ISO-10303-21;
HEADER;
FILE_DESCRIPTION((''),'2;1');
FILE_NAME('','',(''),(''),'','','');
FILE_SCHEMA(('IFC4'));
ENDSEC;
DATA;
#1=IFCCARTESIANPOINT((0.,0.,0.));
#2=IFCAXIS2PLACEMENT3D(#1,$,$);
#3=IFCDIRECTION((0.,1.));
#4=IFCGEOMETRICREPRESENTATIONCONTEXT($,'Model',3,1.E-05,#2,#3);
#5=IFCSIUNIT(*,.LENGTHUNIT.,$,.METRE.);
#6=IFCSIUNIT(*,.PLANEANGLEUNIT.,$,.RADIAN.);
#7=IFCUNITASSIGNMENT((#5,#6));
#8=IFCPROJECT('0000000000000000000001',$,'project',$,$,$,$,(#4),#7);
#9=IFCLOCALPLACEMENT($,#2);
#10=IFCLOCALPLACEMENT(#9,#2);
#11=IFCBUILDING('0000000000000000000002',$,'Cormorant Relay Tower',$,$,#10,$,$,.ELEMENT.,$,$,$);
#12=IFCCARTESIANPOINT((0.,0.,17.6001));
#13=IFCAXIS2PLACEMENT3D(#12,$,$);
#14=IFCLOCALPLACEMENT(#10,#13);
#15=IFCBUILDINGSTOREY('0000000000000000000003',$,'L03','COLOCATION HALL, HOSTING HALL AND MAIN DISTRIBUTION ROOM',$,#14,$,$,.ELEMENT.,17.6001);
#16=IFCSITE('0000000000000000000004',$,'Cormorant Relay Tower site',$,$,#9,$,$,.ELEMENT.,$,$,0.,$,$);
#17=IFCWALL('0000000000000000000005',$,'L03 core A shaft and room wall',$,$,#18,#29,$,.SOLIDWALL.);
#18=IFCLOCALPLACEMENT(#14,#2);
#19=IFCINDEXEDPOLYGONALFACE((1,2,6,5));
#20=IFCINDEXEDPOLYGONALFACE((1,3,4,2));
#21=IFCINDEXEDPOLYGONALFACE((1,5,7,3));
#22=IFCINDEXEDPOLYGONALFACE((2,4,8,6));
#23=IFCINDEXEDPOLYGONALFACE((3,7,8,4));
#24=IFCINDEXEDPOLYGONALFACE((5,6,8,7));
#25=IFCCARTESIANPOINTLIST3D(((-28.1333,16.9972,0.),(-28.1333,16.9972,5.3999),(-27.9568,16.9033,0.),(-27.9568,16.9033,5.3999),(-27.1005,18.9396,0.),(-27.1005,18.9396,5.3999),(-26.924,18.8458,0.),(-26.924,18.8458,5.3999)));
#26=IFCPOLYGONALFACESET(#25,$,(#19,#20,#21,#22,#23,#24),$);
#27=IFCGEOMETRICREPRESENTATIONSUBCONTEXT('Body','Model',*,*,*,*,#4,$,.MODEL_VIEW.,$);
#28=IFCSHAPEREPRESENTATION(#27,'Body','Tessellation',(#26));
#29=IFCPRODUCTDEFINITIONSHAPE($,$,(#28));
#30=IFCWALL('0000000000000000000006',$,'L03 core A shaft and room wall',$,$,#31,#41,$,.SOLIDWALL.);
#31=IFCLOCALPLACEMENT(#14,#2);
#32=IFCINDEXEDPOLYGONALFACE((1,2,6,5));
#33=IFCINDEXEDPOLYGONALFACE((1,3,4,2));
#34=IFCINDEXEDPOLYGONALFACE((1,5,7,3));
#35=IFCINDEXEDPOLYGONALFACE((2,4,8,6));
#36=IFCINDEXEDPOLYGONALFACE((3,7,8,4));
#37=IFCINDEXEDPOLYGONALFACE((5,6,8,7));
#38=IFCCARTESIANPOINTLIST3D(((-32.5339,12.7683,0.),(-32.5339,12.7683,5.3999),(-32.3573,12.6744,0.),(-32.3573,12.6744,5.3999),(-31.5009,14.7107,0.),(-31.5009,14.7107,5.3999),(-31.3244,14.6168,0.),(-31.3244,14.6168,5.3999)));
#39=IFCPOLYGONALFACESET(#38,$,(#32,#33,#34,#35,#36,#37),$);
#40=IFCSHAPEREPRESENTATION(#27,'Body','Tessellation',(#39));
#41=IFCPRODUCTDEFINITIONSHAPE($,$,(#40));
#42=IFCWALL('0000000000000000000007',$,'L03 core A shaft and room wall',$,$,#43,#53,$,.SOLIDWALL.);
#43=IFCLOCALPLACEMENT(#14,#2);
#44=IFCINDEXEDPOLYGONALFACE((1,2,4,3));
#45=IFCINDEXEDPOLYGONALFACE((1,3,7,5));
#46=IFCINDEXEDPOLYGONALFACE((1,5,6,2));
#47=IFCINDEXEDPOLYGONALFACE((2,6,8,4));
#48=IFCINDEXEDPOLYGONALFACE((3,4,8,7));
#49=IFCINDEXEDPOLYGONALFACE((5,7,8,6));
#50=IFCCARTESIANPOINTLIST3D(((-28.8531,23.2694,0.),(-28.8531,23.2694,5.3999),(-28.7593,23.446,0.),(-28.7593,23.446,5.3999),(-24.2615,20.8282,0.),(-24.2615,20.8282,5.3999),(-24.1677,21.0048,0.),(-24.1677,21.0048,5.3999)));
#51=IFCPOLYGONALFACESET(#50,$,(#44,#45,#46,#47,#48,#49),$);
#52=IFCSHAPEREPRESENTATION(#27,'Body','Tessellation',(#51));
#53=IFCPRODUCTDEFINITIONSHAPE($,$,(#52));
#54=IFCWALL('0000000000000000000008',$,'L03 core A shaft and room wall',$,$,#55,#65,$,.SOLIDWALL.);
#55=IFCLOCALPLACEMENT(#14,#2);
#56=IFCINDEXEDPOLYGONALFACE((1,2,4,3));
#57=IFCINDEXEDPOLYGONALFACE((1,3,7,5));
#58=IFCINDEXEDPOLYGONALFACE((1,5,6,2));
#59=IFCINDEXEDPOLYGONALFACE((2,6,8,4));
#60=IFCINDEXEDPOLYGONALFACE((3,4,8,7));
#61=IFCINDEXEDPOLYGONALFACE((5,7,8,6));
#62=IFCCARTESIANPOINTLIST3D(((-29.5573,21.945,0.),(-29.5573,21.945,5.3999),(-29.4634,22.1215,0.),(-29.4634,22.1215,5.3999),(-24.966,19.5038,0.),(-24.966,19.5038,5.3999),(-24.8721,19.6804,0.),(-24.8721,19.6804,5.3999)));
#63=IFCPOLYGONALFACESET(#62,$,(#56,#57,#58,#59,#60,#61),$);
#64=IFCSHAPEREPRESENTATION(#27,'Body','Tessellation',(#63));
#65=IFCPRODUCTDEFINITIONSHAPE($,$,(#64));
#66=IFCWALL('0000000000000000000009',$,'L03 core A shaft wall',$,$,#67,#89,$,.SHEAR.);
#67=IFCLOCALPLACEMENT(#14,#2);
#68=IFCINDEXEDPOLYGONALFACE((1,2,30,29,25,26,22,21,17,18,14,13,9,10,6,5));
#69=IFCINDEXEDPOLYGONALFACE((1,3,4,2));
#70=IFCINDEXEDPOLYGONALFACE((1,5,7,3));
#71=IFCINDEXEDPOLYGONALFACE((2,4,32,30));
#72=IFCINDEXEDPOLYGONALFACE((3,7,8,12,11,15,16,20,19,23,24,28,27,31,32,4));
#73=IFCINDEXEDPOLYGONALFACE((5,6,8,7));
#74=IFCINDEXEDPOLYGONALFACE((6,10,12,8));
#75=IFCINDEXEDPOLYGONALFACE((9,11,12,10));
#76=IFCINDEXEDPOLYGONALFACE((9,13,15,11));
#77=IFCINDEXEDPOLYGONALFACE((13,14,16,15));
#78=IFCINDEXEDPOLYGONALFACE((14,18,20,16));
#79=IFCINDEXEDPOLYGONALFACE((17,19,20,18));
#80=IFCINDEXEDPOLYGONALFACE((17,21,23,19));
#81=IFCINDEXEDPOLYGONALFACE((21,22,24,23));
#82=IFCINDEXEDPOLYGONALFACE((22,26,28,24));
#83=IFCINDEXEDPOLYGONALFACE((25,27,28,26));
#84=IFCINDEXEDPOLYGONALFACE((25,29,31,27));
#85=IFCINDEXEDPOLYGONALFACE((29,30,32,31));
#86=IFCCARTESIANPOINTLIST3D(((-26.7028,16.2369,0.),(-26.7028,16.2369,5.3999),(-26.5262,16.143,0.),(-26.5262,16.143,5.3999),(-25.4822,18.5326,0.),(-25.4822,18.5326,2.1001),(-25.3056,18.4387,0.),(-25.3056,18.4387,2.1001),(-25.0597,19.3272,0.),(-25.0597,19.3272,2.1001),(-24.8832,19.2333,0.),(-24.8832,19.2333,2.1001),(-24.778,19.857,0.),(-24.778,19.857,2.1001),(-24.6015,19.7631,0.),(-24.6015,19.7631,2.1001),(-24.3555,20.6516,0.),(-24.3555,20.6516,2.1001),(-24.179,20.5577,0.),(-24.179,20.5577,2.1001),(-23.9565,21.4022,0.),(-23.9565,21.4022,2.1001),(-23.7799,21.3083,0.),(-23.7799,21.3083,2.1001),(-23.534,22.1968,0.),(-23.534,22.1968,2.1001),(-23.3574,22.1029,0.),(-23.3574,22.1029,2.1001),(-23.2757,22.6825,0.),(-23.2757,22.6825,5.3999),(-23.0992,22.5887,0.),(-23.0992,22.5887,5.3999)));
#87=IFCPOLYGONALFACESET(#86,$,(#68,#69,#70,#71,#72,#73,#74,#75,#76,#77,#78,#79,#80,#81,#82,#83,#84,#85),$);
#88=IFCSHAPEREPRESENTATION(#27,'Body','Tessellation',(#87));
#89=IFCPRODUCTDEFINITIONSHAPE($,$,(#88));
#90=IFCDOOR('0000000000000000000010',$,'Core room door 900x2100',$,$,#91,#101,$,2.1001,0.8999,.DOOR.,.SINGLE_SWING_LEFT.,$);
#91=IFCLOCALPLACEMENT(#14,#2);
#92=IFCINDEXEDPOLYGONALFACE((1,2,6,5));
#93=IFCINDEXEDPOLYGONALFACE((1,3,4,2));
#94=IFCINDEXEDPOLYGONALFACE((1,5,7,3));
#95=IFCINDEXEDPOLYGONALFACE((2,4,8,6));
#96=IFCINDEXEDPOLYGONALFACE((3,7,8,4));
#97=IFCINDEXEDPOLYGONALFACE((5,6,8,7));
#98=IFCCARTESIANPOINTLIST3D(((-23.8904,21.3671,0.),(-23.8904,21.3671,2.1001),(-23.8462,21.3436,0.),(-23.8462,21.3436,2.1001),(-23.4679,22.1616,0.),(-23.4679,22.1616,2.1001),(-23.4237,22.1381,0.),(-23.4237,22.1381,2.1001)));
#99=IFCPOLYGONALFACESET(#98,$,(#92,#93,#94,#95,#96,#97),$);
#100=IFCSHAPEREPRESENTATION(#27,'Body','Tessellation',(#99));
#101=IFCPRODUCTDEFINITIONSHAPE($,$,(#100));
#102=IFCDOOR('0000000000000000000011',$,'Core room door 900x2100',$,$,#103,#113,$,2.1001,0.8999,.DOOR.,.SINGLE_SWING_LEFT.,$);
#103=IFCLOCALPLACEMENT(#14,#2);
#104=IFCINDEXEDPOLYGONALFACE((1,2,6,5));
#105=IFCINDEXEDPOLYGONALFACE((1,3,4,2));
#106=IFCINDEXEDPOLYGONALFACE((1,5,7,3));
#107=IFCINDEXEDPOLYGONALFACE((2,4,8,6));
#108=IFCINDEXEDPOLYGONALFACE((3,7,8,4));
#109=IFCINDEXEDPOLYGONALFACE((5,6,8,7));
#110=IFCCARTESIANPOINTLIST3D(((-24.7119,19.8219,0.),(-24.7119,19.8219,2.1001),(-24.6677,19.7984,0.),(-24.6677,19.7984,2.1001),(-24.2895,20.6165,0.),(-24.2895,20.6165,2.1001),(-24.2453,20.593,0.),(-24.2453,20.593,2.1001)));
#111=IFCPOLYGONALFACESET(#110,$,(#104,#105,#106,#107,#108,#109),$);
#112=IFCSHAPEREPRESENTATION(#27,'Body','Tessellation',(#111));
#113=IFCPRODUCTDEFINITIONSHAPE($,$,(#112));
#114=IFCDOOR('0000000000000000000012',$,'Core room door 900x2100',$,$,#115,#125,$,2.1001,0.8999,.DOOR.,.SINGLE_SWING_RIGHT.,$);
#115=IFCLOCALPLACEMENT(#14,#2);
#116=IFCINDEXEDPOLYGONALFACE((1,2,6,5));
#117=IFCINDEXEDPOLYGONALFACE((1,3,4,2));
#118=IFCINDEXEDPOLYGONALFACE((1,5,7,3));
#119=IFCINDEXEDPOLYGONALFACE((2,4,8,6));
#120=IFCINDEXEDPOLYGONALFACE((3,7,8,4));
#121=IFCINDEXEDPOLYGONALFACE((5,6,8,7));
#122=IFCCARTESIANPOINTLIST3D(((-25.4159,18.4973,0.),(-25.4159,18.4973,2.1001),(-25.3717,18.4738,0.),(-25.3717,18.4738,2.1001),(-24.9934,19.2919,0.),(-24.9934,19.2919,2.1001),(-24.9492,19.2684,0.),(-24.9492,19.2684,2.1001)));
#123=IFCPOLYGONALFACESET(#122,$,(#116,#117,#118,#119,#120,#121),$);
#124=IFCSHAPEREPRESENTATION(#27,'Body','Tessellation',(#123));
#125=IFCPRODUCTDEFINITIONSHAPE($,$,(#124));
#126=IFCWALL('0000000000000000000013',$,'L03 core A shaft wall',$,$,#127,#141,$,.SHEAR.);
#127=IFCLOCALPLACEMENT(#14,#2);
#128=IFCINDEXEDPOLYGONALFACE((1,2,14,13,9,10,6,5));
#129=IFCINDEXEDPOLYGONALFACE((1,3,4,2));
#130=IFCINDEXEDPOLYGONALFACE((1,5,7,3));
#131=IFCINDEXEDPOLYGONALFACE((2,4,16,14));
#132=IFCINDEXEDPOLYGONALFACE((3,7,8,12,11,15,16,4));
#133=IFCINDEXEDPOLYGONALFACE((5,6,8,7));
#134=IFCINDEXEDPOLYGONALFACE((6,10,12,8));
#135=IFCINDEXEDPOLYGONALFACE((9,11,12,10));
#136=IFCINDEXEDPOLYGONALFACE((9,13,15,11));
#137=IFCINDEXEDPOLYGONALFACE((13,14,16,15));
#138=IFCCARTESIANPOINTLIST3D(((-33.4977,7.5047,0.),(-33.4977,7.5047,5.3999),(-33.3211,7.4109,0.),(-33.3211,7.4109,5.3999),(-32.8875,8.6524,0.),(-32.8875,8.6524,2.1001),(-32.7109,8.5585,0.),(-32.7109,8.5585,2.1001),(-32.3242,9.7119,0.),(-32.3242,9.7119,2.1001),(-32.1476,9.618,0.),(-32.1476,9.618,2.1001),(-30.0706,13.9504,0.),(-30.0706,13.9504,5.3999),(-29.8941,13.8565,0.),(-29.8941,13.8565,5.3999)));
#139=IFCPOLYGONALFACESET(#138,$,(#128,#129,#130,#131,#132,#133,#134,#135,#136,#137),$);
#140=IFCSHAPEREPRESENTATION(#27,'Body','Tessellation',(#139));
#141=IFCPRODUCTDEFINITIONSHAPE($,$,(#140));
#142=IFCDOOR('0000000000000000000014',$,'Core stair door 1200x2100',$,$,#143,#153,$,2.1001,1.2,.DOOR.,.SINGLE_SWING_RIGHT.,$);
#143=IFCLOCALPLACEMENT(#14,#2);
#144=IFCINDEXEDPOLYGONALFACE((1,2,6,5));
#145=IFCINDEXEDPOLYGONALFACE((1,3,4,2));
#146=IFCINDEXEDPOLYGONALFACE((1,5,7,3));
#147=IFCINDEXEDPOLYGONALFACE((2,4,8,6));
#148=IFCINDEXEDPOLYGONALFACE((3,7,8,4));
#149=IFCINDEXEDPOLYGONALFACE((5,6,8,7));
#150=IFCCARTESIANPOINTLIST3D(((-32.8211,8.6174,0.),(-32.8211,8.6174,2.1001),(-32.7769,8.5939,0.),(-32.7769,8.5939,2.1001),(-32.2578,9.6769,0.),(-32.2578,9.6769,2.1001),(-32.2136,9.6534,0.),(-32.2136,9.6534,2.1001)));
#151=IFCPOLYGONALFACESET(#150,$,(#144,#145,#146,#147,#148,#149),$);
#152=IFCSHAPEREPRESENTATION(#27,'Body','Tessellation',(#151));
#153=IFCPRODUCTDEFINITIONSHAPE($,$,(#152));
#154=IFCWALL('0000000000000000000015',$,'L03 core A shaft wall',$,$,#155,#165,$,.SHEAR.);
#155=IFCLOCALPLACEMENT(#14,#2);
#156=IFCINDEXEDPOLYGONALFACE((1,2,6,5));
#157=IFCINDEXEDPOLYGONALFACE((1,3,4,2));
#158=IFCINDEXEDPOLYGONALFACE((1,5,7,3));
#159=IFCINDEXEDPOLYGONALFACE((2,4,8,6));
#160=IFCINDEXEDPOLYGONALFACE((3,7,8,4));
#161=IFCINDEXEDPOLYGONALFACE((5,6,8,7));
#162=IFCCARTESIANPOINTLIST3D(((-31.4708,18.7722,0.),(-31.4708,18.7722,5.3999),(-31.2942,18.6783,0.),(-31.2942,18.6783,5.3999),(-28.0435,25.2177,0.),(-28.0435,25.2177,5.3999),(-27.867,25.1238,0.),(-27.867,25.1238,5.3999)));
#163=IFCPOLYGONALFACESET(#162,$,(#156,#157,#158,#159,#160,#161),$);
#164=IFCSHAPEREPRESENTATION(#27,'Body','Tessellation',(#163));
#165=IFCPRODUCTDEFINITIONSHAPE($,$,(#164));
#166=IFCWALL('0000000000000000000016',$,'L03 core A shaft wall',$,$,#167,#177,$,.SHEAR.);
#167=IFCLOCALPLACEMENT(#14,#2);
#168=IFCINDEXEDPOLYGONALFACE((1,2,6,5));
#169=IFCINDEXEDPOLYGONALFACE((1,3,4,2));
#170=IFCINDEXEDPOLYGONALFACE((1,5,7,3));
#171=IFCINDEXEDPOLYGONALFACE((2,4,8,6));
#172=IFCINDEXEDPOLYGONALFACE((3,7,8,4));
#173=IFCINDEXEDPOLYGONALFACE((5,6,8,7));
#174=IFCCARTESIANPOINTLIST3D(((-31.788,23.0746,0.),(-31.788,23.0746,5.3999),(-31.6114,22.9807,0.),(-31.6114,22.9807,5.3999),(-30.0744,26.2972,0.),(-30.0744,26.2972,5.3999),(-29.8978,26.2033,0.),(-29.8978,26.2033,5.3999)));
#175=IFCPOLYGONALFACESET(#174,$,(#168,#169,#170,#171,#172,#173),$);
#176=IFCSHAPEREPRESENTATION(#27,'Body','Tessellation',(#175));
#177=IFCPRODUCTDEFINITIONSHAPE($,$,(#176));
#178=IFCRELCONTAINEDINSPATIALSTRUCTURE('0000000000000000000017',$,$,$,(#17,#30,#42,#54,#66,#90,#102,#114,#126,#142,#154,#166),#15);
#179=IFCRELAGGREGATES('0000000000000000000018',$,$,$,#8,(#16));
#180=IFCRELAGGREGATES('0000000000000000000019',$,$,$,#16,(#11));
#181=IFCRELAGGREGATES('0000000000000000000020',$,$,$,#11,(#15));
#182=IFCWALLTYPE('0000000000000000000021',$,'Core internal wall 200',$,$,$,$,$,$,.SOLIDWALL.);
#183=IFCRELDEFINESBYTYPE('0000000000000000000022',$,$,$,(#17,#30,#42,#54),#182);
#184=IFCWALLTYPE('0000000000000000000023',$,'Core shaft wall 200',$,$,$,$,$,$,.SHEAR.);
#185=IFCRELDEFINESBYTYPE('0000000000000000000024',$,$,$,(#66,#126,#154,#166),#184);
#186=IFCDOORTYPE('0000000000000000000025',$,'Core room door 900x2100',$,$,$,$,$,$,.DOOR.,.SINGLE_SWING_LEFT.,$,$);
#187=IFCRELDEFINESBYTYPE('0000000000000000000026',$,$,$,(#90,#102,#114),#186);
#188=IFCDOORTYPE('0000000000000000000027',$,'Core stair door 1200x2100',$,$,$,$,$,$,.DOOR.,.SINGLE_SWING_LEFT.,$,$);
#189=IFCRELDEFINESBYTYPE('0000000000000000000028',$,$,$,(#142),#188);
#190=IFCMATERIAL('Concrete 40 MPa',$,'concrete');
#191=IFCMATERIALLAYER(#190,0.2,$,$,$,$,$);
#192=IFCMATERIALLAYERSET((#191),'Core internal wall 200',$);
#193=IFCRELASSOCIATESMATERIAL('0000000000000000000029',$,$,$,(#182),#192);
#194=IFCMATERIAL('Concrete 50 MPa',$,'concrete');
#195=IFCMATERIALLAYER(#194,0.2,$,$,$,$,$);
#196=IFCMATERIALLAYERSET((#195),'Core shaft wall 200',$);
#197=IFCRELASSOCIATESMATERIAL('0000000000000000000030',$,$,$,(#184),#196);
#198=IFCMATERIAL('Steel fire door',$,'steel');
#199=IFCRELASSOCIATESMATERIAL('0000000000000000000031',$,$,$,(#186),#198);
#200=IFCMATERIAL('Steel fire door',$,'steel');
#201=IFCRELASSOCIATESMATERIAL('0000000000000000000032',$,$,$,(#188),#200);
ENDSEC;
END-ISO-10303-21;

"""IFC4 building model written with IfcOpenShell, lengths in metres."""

from ifc_helpers import new_model, si_unit, direction, frame, frame_2d, origin, place, context, subcontext, project, spatial, rectangle, extrude, material, layer, layer_set, type_object, element, fill, save


model = new_model("IFC4")

# Units and contexts
model_context = context("Model", 3, precision=1e-05, world=origin(), true_north=direction((0.0, 1.0)))
body_context = subcontext(model_context, "Body", "Model", "MODEL_VIEW")
ifc_project = project(units=[si_unit("LENGTHUNIT", "METRE"), si_unit("PLANEANGLEUNIT", "RADIAN")], contexts=[model_context])

# Site, building, storey
site_placement = place(None, origin())
site = spatial("IfcSite", under=ifc_project, at=site_placement, Name="Cormorant Relay Tower site", CompositionType="ELEMENT", RefElevation=0.0)
building_placement = place(site_placement, origin())
building = spatial("IfcBuilding", under=site, at=building_placement, Name="Cormorant Relay Tower", CompositionType="ELEMENT")
storey_placement = place(building_placement, frame((0.0, 0.0, 17.6001)))
storey = spatial("IfcBuildingStorey", under=building, at=storey_placement, Name="L03", Description="COLOCATION HALL, HOSTING HALL AND MAIN DISTRIBUTION ROOM", CompositionType="ELEMENT", Elevation=17.6001)

# Walls
ifc_material_1 = material(Name="Concrete 40 MPa", Category="concrete")
ifc_layer_1 = layer(ifc_material_1, 0.2)
ifc_layer_set_1 = layer_set([ifc_layer_1], Name="Core internal wall 200")
wall_type_1 = type_object("IfcWallType", Name="Core internal wall 200", PredefinedType="SOLIDWALL", material=ifc_layer_set_1)
for number, where, z_axis, x_axis, name in (
    (1, (-27.0122, 18.8928, 0.0), (0.0, 0.0, 1.0), (-0.469447, -0.88296, 0.0), "L03 core A shaft and room wall"),
    (2, (-31.4126, 14.6638, 0.0), (0.0, 0.0, 1.0), (-0.469534, -0.882914, 0.0), "L03 core A shaft and room wall"),
):
    element("IfcWall", number, at=place(storey_placement, frame(where, z_axis=z_axis, x_axis=x_axis)), inside=storey, type_object=wall_type_1, Name=name, PredefinedType="SOLIDWALL", context=body_context, shape_type="SweptSolid", body=[
        extrude(rectangle(XDim=2.2, YDim=0.2, at=frame_2d((1.1001, 0.0))), origin(), (0.0, 0.0, 1.0), 5.3999),
    ])
wall_1_placement = place(storey_placement, frame((-24.2146, 20.9165, 0.0), z_axis=(0.0, 0.0, 1.0), x_axis=(-0.882964, 0.46944, 0.0)))
element("IfcWall", 3, at=wall_1_placement, inside=storey, type_object=wall_type_1, Name="L03 core A shaft and room wall", PredefinedType="SOLIDWALL", context=body_context, shape_type="SweptSolid", body=[
    extrude(rectangle(XDim=5.2002, YDim=0.2, at=frame_2d((2.6001, 0.0))), origin(), (0.0, 0.0, 1.0), 5.3999),
])
wall_2_placement = place(storey_placement, frame((-24.9189, 19.592, 0.0), z_axis=(0.0, 0.0, 1.0), x_axis=(-0.882954, 0.46946, 0.0)))
element("IfcWall", 4, at=wall_2_placement, inside=storey, type_object=wall_type_1, Name="L03 core A shaft and room wall", PredefinedType="SOLIDWALL", context=body_context, shape_type="SweptSolid", body=[
    extrude(rectangle(XDim=5.2, YDim=0.2, at=frame_2d((2.6001, 0.0))), origin(), (0.0, 0.0, 1.0), 5.3999),
])

# Wall, openings, doors
ifc_material_2 = material(Name="Concrete 50 MPa", Category="concrete")
ifc_layer_2 = layer(ifc_material_2, 0.2)
ifc_layer_set_2 = layer_set([ifc_layer_2], Name="Core shaft wall 200")
wall_type_2 = type_object("IfcWallType", Name="Core shaft wall 200", PredefinedType="SHEAR", material=ifc_layer_set_2)
wall_3_placement = place(storey_placement, frame((-23.1875, 22.6355, 0.0), z_axis=(0.0, 0.0, 1.0), x_axis=(-0.469454, -0.882957, 0.0)))
wall_3 = element("IfcWall", 5, at=wall_3_placement, inside=storey, type_object=wall_type_2, Name="L03 core A shaft wall", PredefinedType="SHEAR", context=body_context, shape_type="SweptSolid", body=[
    extrude(rectangle(XDim=7.3, YDim=0.2, at=frame_2d((3.6499, 0.0))), origin(), (0.0, 0.0, 1.0), 5.3999),
])
opening_1_placement = place(wall_3_placement, frame((0.55, 0.0, 0.0)))
opening_1 = element("IfcOpeningElement", 6, at=opening_1_placement, cuts=wall_3, PredefinedType="OPENING", context=body_context, shape_type="SweptSolid", body=[
    extrude(rectangle(XDim=0.8999, YDim=2.1001, at=frame_2d((0.45, 1.05))), frame((0.0, 0.1099, 0.0), z_axis=(0.0, -1.0, 0.0), x_axis=(1.0, 0.0, 0.0)), (0.0, 0.0, 1.0), 0.22),
])
opening_2_placement = place(wall_3_placement, frame((2.3, 0.0, 0.0)))
opening_2 = element("IfcOpeningElement", 7, at=opening_2_placement, cuts=wall_3, PredefinedType="OPENING", context=body_context, shape_type="SweptSolid", body=[
    extrude(rectangle(XDim=0.8999, YDim=2.1001, at=frame_2d((0.45, 1.05))), frame((0.0, 0.1099, 0.0), z_axis=(0.0, -1.0, 0.0), x_axis=(1.0, 0.0, 0.0)), (0.0, 0.0, 1.0), 0.22),
])
opening_3_placement = place(wall_3_placement, frame((3.8, 0.0, 0.0)))
opening_3 = element("IfcOpeningElement", 8, at=opening_3_placement, cuts=wall_3, PredefinedType="OPENING", context=body_context, shape_type="SweptSolid", body=[
    extrude(rectangle(XDim=0.8999, YDim=2.1001, at=frame_2d((0.45, 1.05))), frame((0.0, 0.1099, 0.0), z_axis=(0.0, -1.0, 0.0), x_axis=(1.0, 0.0, 0.0)), (0.0, 0.0, 1.0), 0.22),
])
ifc_material_3 = material(Name="Steel fire door", Category="steel")
door_type_1 = type_object("IfcDoorType", Name="Core room door 900x2100", OperationType="SINGLE_SWING_LEFT", PredefinedType="DOOR", material=ifc_material_3)
door_1_placement = place(opening_1_placement, origin())
door_1 = element("IfcDoor", 9, at=door_1_placement, inside=storey, type_object=door_type_1, Name="Core room door 900x2100", OperationType="SINGLE_SWING_LEFT", OverallHeight=2.1001, OverallWidth=0.8999, PredefinedType="DOOR", context=body_context, shape_type="SweptSolid", body=[
    extrude(rectangle(XDim=0.8999, YDim=2.1001, at=frame_2d((0.45, 1.05))), frame((0.0, 0.0249, 0.0), z_axis=(0.0, -1.0, 0.0), x_axis=(1.0, 0.0, 0.0)), (0.0, 0.0, 1.0), 0.05),
])
fill(opening_1, door_1)
door_2_placement = place(opening_2_placement, origin())
door_2 = element("IfcDoor", 10, at=door_2_placement, inside=storey, type_object=door_type_1, Name="Core room door 900x2100", OperationType="SINGLE_SWING_LEFT", OverallHeight=2.1001, OverallWidth=0.8999, PredefinedType="DOOR", context=body_context, shape_type="SweptSolid", body=[
    extrude(rectangle(XDim=0.8999, YDim=2.1001, at=frame_2d((0.45, 1.05))), frame((0.0, 0.0249, 0.0), z_axis=(0.0, -1.0, 0.0), x_axis=(1.0, 0.0, 0.0)), (0.0, 0.0, 1.0), 0.05),
])
fill(opening_2, door_2)
door_3_placement = place(opening_3_placement, frame((0.8999, 0.0, 0.0), z_axis=(0.0, 0.0, 1.0), x_axis=(-1.0, 0.0, 0.0)))
door_3 = element("IfcDoor", 11, at=door_3_placement, inside=storey, type_object=door_type_1, Name="Core room door 900x2100", OperationType="SINGLE_SWING_RIGHT", OverallHeight=2.1001, OverallWidth=0.8999, PredefinedType="DOOR", context=body_context, shape_type="SweptSolid", body=[
    extrude(rectangle(XDim=0.8999, YDim=2.1001, at=frame_2d((0.45, 1.05))), frame((0.0, 0.0249, 0.0), z_axis=(0.0, -1.0, 0.0), x_axis=(1.0, 0.0, 0.0)), (0.0, 0.0, 1.0), 0.05),
])
fill(opening_3, door_3)

# Wall, opening, door
wall_4_placement = place(storey_placement, frame((-29.9824, 13.9033, 0.0), z_axis=(0.0, 0.0, 1.0), x_axis=(-0.469454, -0.882957, 0.0)))
wall_4 = element("IfcWall", 12, at=wall_4_placement, inside=storey, type_object=wall_type_2, Name="L03 core A shaft wall", PredefinedType="SHEAR", context=body_context, shape_type="SweptSolid", body=[
    extrude(rectangle(XDim=7.3, YDim=0.2, at=frame_2d((3.6499, 0.0))), origin(), (0.0, 0.0, 1.0), 5.3999),
])
opening_4_placement = place(wall_4_placement, frame((4.8, 0.0, 0.0)))
opening_4 = element("IfcOpeningElement", 13, at=opening_4_placement, cuts=wall_4, PredefinedType="OPENING", context=body_context, shape_type="SweptSolid", body=[
    extrude(rectangle(XDim=1.2, YDim=2.1001, at=frame_2d((0.6001, 1.05))), frame((0.0, 0.1099, 0.0), z_axis=(0.0, -1.0, 0.0), x_axis=(1.0, 0.0, 0.0)), (0.0, 0.0, 1.0), 0.22),
])
ifc_material_4 = material(Name="Steel fire door", Category="steel")
door_type_2 = type_object("IfcDoorType", Name="Core stair door 1200x2100", OperationType="SINGLE_SWING_LEFT", PredefinedType="DOOR", material=ifc_material_4)
door_4_placement = place(opening_4_placement, frame((1.2, 0.0, 0.0), z_axis=(0.0, 0.0, 1.0), x_axis=(-1.0, 0.0, 0.0)))
door_4 = element("IfcDoor", 14, at=door_4_placement, inside=storey, type_object=door_type_2, Name="Core stair door 1200x2100", OperationType="SINGLE_SWING_RIGHT", OverallHeight=2.1001, OverallWidth=1.2, PredefinedType="DOOR", context=body_context, shape_type="SweptSolid", body=[
    extrude(rectangle(XDim=1.2, YDim=2.1001, at=frame_2d((0.6001, 1.05))), frame((0.0, 0.0249, 0.0), z_axis=(0.0, -1.0, 0.0), x_axis=(1.0, 0.0, 0.0)), (0.0, 0.0, 1.0), 0.05),
])
fill(opening_4, door_4)

# Walls
wall_5_placement = place(storey_placement, frame((-27.9553, 25.1707, 0.0), z_axis=(0.0, 0.0, 1.0), x_axis=(-0.46948, -0.882943, 0.0)))
element("IfcWall", 15, at=wall_5_placement, inside=storey, type_object=wall_type_2, Name="L03 core A shaft wall", PredefinedType="SHEAR", context=body_context, shape_type="SweptSolid", body=[
    extrude(rectangle(XDim=7.3, YDim=0.2, at=frame_2d((3.6499, 0.0))), origin(), (0.0, 0.0, 1.0), 5.3999),
])
wall_6_placement = place(storey_placement, frame((-29.9861, 26.2502, 0.0), z_axis=(0.0, 0.0, 1.0), x_axis=(-0.469494, -0.882936, 0.0)))
element("IfcWall", 16, at=wall_6_placement, inside=storey, type_object=wall_type_2, Name="L03 core A shaft wall", PredefinedType="SHEAR", context=body_context, shape_type="SweptSolid", body=[
    extrude(rectangle(XDim=3.6499, YDim=0.2, at=frame_2d((1.825, 0.0))), origin(), (0.0, 0.0, 1.0), 5.3999),
])

save(model, "model.ifc")
